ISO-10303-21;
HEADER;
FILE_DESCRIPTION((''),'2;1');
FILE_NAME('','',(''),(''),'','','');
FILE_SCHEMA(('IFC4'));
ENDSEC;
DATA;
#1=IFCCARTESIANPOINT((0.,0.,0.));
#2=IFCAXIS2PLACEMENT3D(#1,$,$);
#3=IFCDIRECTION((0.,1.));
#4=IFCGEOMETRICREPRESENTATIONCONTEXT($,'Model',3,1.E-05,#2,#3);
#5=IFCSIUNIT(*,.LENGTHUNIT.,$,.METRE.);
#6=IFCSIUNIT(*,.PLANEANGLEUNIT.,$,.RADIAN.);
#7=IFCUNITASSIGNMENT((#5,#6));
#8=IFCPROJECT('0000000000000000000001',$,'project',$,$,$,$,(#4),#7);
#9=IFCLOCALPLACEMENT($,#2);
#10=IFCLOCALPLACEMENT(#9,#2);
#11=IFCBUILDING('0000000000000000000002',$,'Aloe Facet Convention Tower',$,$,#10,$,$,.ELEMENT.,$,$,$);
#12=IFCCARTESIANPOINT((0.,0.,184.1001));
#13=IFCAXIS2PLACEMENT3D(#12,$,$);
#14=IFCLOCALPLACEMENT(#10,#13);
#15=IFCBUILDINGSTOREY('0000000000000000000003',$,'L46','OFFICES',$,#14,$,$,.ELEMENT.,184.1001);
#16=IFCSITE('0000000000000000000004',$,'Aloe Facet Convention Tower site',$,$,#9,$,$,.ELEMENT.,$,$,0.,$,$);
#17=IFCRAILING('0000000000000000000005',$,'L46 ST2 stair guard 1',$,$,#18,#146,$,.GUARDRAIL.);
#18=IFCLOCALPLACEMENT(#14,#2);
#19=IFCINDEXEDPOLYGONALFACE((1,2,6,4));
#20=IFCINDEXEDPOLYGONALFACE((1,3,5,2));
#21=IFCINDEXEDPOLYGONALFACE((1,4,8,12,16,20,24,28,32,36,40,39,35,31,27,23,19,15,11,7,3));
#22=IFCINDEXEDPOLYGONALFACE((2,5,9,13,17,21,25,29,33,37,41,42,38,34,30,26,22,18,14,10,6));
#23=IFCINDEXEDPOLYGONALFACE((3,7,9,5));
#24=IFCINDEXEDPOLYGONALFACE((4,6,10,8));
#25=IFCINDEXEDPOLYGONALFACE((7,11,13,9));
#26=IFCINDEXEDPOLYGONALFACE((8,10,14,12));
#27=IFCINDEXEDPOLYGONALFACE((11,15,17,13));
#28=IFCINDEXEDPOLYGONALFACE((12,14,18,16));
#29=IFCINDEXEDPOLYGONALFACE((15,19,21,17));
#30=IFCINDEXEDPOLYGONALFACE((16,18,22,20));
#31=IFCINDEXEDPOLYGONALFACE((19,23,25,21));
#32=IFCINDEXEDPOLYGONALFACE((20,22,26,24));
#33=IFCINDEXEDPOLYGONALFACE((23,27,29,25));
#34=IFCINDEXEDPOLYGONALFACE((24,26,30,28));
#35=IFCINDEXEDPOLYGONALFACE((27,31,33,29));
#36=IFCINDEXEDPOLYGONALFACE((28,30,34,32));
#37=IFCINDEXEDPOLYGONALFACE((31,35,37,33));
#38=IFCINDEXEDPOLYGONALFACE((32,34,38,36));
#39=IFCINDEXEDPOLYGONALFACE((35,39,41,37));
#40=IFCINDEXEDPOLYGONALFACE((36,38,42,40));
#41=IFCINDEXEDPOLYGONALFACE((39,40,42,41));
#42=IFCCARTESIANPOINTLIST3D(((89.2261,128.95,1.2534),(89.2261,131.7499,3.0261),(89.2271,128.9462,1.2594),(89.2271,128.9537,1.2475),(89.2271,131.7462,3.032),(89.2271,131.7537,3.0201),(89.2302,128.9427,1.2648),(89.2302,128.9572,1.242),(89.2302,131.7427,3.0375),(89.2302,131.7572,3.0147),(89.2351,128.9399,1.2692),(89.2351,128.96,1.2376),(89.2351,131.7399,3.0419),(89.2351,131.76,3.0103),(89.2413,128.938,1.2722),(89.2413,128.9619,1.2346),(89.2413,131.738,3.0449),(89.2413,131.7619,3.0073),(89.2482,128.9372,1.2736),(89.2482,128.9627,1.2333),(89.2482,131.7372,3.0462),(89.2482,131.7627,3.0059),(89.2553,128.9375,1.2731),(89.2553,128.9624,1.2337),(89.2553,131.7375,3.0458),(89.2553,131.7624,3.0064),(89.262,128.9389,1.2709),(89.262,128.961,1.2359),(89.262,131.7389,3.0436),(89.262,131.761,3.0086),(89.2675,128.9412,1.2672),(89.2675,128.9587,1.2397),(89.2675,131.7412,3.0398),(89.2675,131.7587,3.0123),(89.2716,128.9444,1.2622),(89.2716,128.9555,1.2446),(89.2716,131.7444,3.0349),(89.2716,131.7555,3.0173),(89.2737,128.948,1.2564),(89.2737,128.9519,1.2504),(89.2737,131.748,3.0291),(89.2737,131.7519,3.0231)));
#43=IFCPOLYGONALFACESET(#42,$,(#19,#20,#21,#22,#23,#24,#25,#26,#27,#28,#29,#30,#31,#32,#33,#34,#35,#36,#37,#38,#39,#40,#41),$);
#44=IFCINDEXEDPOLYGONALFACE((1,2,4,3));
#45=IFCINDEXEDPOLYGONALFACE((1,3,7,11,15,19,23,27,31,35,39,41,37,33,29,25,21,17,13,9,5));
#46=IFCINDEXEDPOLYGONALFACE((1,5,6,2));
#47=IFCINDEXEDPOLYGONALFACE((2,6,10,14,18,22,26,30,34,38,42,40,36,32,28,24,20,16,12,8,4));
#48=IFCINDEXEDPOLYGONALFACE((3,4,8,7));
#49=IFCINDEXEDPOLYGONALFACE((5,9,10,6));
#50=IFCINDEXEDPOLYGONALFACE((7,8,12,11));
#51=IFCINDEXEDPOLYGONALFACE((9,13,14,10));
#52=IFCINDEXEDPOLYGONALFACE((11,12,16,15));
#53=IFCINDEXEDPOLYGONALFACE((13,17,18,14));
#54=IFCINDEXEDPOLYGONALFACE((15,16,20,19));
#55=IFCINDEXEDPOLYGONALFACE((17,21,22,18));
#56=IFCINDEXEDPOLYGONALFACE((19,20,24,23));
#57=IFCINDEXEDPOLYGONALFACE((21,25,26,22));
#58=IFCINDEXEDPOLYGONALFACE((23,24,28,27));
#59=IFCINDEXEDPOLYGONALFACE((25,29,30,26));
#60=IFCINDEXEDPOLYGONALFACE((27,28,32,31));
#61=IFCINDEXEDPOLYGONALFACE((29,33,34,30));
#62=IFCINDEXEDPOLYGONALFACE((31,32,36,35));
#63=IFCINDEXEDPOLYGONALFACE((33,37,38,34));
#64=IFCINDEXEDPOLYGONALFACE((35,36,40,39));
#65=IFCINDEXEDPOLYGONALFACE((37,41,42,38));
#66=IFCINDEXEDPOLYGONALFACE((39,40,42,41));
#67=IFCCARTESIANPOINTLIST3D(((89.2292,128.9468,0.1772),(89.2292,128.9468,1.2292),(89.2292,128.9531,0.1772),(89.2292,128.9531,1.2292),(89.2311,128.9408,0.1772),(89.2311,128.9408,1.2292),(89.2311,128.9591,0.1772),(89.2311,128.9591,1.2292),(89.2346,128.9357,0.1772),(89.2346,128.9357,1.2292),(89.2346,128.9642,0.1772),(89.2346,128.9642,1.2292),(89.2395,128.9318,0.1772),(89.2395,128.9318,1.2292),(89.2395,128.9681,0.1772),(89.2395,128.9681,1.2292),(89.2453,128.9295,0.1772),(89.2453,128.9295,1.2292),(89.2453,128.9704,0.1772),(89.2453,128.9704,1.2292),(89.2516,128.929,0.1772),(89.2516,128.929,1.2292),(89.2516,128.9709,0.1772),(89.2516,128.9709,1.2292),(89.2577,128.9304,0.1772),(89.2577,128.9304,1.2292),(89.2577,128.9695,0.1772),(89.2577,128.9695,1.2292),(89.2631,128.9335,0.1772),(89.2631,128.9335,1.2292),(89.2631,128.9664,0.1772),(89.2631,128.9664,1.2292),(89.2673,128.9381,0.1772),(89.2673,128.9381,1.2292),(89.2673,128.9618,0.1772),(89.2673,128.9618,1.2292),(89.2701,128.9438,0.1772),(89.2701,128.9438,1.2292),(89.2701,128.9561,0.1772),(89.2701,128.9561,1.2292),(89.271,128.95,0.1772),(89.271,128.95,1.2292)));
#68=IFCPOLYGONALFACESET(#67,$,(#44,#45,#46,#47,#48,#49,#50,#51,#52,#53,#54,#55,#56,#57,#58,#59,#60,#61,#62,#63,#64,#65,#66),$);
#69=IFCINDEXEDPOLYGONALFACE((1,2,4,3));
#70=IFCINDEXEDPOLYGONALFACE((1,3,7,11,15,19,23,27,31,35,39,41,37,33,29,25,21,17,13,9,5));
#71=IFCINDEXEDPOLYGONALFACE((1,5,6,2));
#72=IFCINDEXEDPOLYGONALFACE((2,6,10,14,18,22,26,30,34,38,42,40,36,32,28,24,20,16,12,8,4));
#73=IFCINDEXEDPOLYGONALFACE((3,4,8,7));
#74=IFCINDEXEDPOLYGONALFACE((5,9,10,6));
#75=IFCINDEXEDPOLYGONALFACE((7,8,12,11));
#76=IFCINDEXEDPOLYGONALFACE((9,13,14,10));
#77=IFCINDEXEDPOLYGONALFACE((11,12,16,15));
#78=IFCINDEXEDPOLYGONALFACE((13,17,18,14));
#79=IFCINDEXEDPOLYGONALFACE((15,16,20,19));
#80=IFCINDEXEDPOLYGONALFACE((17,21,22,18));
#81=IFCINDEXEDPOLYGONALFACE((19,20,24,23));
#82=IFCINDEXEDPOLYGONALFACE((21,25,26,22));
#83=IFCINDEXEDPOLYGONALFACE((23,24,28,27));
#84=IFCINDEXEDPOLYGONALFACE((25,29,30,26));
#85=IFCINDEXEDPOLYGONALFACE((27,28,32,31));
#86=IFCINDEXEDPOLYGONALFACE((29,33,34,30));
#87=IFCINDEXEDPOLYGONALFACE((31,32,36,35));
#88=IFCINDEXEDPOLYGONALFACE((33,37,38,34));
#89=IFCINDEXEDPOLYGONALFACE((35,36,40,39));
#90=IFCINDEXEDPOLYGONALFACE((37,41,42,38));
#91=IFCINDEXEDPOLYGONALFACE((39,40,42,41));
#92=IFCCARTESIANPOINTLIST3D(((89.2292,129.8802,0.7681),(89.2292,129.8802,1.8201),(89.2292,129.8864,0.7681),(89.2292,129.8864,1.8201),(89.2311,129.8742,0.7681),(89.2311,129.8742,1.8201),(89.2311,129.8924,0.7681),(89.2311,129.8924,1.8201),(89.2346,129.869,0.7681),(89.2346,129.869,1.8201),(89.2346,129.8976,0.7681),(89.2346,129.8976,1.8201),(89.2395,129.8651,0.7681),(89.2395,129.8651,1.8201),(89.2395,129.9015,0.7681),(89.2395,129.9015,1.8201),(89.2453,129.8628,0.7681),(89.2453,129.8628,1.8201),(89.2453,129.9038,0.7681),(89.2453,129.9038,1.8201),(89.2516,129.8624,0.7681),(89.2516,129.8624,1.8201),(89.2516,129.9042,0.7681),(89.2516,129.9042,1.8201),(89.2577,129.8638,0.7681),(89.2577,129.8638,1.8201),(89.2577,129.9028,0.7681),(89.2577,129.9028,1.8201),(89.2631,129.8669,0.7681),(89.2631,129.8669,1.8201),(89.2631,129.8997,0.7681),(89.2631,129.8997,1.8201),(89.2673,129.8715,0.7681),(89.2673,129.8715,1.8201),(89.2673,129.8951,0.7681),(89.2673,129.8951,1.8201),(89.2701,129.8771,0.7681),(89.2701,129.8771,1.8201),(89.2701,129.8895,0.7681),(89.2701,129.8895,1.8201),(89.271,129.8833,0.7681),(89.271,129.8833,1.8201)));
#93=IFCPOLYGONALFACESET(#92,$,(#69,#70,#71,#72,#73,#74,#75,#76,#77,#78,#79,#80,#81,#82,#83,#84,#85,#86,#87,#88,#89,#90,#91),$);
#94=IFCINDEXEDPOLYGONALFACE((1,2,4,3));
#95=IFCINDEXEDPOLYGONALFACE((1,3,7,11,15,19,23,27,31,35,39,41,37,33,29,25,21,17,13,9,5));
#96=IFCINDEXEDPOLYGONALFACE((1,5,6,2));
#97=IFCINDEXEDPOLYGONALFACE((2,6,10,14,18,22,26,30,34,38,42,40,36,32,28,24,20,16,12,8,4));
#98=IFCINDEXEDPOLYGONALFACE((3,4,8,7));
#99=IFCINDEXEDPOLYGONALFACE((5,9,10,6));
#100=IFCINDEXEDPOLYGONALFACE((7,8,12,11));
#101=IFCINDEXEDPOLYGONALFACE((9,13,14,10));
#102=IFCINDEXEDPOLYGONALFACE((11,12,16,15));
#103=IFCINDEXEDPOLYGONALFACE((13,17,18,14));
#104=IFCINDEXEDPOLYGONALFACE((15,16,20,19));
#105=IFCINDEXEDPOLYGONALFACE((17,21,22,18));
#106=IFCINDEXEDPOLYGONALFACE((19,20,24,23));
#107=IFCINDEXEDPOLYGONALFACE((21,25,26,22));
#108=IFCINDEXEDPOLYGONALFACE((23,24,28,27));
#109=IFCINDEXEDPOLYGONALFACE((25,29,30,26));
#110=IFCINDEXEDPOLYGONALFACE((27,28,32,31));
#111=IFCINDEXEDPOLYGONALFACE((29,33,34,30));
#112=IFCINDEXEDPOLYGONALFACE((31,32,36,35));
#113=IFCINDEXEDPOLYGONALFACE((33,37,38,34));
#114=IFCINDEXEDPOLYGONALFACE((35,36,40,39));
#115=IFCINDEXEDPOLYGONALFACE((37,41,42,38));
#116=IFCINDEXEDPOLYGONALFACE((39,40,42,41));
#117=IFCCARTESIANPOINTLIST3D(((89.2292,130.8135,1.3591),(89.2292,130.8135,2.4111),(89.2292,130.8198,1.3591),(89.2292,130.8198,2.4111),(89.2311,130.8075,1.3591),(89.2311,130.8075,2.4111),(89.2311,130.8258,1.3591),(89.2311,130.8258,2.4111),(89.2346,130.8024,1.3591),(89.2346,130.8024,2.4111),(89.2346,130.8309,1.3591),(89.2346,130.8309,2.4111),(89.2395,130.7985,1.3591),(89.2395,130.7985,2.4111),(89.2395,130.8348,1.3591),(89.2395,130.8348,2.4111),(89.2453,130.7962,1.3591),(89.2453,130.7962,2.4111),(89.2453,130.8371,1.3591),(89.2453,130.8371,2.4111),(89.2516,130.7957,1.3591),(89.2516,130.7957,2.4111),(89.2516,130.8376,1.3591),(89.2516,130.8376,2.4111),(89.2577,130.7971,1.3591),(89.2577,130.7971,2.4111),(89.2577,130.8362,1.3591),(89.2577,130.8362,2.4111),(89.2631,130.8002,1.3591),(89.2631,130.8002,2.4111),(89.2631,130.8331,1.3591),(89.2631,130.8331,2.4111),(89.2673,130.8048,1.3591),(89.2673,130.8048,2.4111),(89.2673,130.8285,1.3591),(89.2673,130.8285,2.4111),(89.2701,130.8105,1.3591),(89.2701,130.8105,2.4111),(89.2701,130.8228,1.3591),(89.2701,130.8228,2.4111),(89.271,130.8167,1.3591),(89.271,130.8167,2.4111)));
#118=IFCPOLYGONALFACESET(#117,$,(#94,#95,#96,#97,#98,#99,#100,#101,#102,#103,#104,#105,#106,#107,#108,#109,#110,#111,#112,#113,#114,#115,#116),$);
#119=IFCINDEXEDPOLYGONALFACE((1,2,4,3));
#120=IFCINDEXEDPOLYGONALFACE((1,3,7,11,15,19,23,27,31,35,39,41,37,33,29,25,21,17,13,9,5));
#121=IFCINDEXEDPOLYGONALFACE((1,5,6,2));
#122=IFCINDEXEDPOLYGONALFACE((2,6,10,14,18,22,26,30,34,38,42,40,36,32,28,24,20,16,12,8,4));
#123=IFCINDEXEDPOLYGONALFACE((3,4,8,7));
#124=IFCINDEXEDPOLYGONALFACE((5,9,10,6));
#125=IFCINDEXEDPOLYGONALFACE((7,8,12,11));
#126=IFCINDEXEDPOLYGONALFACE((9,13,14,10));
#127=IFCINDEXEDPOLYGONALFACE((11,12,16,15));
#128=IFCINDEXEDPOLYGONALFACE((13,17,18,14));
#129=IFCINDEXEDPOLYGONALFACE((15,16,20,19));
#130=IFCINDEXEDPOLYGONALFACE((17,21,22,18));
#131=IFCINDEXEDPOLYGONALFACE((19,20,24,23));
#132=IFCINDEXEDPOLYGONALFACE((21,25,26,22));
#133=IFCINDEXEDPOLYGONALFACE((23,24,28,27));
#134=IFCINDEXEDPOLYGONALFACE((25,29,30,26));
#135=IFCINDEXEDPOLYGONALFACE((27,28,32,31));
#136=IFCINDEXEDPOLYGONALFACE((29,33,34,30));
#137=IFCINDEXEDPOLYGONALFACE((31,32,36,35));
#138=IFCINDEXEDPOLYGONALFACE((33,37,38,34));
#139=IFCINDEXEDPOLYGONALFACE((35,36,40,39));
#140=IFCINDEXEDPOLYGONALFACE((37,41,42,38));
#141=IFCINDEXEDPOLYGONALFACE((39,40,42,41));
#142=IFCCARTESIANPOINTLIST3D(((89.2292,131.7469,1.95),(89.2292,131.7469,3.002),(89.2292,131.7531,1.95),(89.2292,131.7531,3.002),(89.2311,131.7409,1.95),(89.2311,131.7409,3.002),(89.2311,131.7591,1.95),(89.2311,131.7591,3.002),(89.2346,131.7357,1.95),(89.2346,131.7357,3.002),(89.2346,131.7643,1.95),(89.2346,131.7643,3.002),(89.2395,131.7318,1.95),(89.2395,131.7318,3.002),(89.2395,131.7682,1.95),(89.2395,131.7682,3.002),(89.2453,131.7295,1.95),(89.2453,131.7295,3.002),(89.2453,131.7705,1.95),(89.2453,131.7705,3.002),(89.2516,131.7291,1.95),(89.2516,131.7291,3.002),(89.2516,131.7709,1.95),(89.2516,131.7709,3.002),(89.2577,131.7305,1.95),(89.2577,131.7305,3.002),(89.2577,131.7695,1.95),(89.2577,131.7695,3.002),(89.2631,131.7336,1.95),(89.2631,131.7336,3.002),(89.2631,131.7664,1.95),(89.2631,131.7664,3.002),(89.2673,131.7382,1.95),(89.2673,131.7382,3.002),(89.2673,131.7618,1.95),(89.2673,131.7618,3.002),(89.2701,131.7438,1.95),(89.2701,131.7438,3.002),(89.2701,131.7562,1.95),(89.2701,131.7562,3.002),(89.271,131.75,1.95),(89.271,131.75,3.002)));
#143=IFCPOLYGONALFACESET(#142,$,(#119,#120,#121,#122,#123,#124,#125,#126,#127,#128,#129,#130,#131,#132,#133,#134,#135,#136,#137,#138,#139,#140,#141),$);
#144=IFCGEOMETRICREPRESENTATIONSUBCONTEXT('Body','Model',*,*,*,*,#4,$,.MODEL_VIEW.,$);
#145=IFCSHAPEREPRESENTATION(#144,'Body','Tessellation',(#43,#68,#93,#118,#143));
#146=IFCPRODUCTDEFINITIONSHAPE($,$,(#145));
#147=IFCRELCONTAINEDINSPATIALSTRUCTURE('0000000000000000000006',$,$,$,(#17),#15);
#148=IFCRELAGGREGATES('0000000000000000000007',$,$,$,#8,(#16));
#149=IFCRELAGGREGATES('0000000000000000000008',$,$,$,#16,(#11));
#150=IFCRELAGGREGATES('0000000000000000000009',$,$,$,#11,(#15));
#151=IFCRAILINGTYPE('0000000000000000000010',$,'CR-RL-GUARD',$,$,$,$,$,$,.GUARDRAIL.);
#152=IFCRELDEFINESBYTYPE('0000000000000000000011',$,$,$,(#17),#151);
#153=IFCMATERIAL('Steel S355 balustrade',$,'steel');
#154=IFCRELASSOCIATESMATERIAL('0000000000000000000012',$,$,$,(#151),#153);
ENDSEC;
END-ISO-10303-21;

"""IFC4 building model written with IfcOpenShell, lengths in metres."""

from ifc_helpers import new_model, si_unit, direction, frame, origin, origin_2d, place, context, subcontext, project, spatial, circle, extrude, material, type_object, element, save


model = new_model("IFC4")

# Units and contexts
model_context = context("Model", 3, precision=1e-05, world=origin(), true_north=direction((0.0, 1.0)))
body_context = subcontext(model_context, "Body", "Model", "MODEL_VIEW")
ifc_project = project(units=[si_unit("LENGTHUNIT", "METRE"), si_unit("PLANEANGLEUNIT", "RADIAN")], contexts=[model_context])

# Site, building, storey
site_placement = place(None, origin())
site = spatial("IfcSite", under=ifc_project, at=site_placement, Name="Aloe Facet Convention Tower site", CompositionType="ELEMENT", RefElevation=0.0)
building_placement = place(site_placement, origin())
building = spatial("IfcBuilding", under=site, at=building_placement, Name="Aloe Facet Convention Tower", CompositionType="ELEMENT")
storey_placement = place(building_placement, frame((0.0, 0.0, 184.1001)))
storey = spatial("IfcBuildingStorey", under=building, at=storey_placement, Name="L46", Description="OFFICES", CompositionType="ELEMENT", Elevation=184.1001)

# Railing
ifc_material_1 = material(Name="Steel S355 balustrade", Category="steel")
railing_type_1 = type_object("IfcRailingType", Name="CR-RL-GUARD", PredefinedType="GUARDRAIL", material=ifc_material_1)
railing_1_placement = place(storey_placement, frame((89.25, 128.95, 0.1772)))
element("IfcRailing", 1, at=railing_1_placement, inside=storey, type_object=railing_type_1, Name="L46 ST2 stair guard 1", PredefinedType="GUARDRAIL", context=body_context, shape_type="SweptSolid", body=[
    extrude(circle(Radius=0.0239, at=origin_2d()), frame((0.0, 0.0, 1.0762), z_axis=(0.0, 0.844909, 0.53491), x_axis=(-1.0, 0.0, 0.0)), (0.0, 0.0, 1.0), 3.314),
    extrude(circle(Radius=0.021, at=origin_2d()), origin(), (0.0, 0.0, 1.0), 1.052),
    extrude(circle(Radius=0.021, at=origin_2d()), frame((0.0, 0.9333, 0.5908)), (0.0, 0.0, 1.0), 1.052),
    extrude(circle(Radius=0.021, at=origin_2d()), frame((0.0, 1.8667, 1.1819)), (0.0, 0.0, 1.0), 1.052),
    extrude(circle(Radius=0.021, at=origin_2d()), frame((0.0, 2.8, 1.7727)), (0.0, 0.0, 1.0), 1.052),
])

save(model, "model.ifc")
